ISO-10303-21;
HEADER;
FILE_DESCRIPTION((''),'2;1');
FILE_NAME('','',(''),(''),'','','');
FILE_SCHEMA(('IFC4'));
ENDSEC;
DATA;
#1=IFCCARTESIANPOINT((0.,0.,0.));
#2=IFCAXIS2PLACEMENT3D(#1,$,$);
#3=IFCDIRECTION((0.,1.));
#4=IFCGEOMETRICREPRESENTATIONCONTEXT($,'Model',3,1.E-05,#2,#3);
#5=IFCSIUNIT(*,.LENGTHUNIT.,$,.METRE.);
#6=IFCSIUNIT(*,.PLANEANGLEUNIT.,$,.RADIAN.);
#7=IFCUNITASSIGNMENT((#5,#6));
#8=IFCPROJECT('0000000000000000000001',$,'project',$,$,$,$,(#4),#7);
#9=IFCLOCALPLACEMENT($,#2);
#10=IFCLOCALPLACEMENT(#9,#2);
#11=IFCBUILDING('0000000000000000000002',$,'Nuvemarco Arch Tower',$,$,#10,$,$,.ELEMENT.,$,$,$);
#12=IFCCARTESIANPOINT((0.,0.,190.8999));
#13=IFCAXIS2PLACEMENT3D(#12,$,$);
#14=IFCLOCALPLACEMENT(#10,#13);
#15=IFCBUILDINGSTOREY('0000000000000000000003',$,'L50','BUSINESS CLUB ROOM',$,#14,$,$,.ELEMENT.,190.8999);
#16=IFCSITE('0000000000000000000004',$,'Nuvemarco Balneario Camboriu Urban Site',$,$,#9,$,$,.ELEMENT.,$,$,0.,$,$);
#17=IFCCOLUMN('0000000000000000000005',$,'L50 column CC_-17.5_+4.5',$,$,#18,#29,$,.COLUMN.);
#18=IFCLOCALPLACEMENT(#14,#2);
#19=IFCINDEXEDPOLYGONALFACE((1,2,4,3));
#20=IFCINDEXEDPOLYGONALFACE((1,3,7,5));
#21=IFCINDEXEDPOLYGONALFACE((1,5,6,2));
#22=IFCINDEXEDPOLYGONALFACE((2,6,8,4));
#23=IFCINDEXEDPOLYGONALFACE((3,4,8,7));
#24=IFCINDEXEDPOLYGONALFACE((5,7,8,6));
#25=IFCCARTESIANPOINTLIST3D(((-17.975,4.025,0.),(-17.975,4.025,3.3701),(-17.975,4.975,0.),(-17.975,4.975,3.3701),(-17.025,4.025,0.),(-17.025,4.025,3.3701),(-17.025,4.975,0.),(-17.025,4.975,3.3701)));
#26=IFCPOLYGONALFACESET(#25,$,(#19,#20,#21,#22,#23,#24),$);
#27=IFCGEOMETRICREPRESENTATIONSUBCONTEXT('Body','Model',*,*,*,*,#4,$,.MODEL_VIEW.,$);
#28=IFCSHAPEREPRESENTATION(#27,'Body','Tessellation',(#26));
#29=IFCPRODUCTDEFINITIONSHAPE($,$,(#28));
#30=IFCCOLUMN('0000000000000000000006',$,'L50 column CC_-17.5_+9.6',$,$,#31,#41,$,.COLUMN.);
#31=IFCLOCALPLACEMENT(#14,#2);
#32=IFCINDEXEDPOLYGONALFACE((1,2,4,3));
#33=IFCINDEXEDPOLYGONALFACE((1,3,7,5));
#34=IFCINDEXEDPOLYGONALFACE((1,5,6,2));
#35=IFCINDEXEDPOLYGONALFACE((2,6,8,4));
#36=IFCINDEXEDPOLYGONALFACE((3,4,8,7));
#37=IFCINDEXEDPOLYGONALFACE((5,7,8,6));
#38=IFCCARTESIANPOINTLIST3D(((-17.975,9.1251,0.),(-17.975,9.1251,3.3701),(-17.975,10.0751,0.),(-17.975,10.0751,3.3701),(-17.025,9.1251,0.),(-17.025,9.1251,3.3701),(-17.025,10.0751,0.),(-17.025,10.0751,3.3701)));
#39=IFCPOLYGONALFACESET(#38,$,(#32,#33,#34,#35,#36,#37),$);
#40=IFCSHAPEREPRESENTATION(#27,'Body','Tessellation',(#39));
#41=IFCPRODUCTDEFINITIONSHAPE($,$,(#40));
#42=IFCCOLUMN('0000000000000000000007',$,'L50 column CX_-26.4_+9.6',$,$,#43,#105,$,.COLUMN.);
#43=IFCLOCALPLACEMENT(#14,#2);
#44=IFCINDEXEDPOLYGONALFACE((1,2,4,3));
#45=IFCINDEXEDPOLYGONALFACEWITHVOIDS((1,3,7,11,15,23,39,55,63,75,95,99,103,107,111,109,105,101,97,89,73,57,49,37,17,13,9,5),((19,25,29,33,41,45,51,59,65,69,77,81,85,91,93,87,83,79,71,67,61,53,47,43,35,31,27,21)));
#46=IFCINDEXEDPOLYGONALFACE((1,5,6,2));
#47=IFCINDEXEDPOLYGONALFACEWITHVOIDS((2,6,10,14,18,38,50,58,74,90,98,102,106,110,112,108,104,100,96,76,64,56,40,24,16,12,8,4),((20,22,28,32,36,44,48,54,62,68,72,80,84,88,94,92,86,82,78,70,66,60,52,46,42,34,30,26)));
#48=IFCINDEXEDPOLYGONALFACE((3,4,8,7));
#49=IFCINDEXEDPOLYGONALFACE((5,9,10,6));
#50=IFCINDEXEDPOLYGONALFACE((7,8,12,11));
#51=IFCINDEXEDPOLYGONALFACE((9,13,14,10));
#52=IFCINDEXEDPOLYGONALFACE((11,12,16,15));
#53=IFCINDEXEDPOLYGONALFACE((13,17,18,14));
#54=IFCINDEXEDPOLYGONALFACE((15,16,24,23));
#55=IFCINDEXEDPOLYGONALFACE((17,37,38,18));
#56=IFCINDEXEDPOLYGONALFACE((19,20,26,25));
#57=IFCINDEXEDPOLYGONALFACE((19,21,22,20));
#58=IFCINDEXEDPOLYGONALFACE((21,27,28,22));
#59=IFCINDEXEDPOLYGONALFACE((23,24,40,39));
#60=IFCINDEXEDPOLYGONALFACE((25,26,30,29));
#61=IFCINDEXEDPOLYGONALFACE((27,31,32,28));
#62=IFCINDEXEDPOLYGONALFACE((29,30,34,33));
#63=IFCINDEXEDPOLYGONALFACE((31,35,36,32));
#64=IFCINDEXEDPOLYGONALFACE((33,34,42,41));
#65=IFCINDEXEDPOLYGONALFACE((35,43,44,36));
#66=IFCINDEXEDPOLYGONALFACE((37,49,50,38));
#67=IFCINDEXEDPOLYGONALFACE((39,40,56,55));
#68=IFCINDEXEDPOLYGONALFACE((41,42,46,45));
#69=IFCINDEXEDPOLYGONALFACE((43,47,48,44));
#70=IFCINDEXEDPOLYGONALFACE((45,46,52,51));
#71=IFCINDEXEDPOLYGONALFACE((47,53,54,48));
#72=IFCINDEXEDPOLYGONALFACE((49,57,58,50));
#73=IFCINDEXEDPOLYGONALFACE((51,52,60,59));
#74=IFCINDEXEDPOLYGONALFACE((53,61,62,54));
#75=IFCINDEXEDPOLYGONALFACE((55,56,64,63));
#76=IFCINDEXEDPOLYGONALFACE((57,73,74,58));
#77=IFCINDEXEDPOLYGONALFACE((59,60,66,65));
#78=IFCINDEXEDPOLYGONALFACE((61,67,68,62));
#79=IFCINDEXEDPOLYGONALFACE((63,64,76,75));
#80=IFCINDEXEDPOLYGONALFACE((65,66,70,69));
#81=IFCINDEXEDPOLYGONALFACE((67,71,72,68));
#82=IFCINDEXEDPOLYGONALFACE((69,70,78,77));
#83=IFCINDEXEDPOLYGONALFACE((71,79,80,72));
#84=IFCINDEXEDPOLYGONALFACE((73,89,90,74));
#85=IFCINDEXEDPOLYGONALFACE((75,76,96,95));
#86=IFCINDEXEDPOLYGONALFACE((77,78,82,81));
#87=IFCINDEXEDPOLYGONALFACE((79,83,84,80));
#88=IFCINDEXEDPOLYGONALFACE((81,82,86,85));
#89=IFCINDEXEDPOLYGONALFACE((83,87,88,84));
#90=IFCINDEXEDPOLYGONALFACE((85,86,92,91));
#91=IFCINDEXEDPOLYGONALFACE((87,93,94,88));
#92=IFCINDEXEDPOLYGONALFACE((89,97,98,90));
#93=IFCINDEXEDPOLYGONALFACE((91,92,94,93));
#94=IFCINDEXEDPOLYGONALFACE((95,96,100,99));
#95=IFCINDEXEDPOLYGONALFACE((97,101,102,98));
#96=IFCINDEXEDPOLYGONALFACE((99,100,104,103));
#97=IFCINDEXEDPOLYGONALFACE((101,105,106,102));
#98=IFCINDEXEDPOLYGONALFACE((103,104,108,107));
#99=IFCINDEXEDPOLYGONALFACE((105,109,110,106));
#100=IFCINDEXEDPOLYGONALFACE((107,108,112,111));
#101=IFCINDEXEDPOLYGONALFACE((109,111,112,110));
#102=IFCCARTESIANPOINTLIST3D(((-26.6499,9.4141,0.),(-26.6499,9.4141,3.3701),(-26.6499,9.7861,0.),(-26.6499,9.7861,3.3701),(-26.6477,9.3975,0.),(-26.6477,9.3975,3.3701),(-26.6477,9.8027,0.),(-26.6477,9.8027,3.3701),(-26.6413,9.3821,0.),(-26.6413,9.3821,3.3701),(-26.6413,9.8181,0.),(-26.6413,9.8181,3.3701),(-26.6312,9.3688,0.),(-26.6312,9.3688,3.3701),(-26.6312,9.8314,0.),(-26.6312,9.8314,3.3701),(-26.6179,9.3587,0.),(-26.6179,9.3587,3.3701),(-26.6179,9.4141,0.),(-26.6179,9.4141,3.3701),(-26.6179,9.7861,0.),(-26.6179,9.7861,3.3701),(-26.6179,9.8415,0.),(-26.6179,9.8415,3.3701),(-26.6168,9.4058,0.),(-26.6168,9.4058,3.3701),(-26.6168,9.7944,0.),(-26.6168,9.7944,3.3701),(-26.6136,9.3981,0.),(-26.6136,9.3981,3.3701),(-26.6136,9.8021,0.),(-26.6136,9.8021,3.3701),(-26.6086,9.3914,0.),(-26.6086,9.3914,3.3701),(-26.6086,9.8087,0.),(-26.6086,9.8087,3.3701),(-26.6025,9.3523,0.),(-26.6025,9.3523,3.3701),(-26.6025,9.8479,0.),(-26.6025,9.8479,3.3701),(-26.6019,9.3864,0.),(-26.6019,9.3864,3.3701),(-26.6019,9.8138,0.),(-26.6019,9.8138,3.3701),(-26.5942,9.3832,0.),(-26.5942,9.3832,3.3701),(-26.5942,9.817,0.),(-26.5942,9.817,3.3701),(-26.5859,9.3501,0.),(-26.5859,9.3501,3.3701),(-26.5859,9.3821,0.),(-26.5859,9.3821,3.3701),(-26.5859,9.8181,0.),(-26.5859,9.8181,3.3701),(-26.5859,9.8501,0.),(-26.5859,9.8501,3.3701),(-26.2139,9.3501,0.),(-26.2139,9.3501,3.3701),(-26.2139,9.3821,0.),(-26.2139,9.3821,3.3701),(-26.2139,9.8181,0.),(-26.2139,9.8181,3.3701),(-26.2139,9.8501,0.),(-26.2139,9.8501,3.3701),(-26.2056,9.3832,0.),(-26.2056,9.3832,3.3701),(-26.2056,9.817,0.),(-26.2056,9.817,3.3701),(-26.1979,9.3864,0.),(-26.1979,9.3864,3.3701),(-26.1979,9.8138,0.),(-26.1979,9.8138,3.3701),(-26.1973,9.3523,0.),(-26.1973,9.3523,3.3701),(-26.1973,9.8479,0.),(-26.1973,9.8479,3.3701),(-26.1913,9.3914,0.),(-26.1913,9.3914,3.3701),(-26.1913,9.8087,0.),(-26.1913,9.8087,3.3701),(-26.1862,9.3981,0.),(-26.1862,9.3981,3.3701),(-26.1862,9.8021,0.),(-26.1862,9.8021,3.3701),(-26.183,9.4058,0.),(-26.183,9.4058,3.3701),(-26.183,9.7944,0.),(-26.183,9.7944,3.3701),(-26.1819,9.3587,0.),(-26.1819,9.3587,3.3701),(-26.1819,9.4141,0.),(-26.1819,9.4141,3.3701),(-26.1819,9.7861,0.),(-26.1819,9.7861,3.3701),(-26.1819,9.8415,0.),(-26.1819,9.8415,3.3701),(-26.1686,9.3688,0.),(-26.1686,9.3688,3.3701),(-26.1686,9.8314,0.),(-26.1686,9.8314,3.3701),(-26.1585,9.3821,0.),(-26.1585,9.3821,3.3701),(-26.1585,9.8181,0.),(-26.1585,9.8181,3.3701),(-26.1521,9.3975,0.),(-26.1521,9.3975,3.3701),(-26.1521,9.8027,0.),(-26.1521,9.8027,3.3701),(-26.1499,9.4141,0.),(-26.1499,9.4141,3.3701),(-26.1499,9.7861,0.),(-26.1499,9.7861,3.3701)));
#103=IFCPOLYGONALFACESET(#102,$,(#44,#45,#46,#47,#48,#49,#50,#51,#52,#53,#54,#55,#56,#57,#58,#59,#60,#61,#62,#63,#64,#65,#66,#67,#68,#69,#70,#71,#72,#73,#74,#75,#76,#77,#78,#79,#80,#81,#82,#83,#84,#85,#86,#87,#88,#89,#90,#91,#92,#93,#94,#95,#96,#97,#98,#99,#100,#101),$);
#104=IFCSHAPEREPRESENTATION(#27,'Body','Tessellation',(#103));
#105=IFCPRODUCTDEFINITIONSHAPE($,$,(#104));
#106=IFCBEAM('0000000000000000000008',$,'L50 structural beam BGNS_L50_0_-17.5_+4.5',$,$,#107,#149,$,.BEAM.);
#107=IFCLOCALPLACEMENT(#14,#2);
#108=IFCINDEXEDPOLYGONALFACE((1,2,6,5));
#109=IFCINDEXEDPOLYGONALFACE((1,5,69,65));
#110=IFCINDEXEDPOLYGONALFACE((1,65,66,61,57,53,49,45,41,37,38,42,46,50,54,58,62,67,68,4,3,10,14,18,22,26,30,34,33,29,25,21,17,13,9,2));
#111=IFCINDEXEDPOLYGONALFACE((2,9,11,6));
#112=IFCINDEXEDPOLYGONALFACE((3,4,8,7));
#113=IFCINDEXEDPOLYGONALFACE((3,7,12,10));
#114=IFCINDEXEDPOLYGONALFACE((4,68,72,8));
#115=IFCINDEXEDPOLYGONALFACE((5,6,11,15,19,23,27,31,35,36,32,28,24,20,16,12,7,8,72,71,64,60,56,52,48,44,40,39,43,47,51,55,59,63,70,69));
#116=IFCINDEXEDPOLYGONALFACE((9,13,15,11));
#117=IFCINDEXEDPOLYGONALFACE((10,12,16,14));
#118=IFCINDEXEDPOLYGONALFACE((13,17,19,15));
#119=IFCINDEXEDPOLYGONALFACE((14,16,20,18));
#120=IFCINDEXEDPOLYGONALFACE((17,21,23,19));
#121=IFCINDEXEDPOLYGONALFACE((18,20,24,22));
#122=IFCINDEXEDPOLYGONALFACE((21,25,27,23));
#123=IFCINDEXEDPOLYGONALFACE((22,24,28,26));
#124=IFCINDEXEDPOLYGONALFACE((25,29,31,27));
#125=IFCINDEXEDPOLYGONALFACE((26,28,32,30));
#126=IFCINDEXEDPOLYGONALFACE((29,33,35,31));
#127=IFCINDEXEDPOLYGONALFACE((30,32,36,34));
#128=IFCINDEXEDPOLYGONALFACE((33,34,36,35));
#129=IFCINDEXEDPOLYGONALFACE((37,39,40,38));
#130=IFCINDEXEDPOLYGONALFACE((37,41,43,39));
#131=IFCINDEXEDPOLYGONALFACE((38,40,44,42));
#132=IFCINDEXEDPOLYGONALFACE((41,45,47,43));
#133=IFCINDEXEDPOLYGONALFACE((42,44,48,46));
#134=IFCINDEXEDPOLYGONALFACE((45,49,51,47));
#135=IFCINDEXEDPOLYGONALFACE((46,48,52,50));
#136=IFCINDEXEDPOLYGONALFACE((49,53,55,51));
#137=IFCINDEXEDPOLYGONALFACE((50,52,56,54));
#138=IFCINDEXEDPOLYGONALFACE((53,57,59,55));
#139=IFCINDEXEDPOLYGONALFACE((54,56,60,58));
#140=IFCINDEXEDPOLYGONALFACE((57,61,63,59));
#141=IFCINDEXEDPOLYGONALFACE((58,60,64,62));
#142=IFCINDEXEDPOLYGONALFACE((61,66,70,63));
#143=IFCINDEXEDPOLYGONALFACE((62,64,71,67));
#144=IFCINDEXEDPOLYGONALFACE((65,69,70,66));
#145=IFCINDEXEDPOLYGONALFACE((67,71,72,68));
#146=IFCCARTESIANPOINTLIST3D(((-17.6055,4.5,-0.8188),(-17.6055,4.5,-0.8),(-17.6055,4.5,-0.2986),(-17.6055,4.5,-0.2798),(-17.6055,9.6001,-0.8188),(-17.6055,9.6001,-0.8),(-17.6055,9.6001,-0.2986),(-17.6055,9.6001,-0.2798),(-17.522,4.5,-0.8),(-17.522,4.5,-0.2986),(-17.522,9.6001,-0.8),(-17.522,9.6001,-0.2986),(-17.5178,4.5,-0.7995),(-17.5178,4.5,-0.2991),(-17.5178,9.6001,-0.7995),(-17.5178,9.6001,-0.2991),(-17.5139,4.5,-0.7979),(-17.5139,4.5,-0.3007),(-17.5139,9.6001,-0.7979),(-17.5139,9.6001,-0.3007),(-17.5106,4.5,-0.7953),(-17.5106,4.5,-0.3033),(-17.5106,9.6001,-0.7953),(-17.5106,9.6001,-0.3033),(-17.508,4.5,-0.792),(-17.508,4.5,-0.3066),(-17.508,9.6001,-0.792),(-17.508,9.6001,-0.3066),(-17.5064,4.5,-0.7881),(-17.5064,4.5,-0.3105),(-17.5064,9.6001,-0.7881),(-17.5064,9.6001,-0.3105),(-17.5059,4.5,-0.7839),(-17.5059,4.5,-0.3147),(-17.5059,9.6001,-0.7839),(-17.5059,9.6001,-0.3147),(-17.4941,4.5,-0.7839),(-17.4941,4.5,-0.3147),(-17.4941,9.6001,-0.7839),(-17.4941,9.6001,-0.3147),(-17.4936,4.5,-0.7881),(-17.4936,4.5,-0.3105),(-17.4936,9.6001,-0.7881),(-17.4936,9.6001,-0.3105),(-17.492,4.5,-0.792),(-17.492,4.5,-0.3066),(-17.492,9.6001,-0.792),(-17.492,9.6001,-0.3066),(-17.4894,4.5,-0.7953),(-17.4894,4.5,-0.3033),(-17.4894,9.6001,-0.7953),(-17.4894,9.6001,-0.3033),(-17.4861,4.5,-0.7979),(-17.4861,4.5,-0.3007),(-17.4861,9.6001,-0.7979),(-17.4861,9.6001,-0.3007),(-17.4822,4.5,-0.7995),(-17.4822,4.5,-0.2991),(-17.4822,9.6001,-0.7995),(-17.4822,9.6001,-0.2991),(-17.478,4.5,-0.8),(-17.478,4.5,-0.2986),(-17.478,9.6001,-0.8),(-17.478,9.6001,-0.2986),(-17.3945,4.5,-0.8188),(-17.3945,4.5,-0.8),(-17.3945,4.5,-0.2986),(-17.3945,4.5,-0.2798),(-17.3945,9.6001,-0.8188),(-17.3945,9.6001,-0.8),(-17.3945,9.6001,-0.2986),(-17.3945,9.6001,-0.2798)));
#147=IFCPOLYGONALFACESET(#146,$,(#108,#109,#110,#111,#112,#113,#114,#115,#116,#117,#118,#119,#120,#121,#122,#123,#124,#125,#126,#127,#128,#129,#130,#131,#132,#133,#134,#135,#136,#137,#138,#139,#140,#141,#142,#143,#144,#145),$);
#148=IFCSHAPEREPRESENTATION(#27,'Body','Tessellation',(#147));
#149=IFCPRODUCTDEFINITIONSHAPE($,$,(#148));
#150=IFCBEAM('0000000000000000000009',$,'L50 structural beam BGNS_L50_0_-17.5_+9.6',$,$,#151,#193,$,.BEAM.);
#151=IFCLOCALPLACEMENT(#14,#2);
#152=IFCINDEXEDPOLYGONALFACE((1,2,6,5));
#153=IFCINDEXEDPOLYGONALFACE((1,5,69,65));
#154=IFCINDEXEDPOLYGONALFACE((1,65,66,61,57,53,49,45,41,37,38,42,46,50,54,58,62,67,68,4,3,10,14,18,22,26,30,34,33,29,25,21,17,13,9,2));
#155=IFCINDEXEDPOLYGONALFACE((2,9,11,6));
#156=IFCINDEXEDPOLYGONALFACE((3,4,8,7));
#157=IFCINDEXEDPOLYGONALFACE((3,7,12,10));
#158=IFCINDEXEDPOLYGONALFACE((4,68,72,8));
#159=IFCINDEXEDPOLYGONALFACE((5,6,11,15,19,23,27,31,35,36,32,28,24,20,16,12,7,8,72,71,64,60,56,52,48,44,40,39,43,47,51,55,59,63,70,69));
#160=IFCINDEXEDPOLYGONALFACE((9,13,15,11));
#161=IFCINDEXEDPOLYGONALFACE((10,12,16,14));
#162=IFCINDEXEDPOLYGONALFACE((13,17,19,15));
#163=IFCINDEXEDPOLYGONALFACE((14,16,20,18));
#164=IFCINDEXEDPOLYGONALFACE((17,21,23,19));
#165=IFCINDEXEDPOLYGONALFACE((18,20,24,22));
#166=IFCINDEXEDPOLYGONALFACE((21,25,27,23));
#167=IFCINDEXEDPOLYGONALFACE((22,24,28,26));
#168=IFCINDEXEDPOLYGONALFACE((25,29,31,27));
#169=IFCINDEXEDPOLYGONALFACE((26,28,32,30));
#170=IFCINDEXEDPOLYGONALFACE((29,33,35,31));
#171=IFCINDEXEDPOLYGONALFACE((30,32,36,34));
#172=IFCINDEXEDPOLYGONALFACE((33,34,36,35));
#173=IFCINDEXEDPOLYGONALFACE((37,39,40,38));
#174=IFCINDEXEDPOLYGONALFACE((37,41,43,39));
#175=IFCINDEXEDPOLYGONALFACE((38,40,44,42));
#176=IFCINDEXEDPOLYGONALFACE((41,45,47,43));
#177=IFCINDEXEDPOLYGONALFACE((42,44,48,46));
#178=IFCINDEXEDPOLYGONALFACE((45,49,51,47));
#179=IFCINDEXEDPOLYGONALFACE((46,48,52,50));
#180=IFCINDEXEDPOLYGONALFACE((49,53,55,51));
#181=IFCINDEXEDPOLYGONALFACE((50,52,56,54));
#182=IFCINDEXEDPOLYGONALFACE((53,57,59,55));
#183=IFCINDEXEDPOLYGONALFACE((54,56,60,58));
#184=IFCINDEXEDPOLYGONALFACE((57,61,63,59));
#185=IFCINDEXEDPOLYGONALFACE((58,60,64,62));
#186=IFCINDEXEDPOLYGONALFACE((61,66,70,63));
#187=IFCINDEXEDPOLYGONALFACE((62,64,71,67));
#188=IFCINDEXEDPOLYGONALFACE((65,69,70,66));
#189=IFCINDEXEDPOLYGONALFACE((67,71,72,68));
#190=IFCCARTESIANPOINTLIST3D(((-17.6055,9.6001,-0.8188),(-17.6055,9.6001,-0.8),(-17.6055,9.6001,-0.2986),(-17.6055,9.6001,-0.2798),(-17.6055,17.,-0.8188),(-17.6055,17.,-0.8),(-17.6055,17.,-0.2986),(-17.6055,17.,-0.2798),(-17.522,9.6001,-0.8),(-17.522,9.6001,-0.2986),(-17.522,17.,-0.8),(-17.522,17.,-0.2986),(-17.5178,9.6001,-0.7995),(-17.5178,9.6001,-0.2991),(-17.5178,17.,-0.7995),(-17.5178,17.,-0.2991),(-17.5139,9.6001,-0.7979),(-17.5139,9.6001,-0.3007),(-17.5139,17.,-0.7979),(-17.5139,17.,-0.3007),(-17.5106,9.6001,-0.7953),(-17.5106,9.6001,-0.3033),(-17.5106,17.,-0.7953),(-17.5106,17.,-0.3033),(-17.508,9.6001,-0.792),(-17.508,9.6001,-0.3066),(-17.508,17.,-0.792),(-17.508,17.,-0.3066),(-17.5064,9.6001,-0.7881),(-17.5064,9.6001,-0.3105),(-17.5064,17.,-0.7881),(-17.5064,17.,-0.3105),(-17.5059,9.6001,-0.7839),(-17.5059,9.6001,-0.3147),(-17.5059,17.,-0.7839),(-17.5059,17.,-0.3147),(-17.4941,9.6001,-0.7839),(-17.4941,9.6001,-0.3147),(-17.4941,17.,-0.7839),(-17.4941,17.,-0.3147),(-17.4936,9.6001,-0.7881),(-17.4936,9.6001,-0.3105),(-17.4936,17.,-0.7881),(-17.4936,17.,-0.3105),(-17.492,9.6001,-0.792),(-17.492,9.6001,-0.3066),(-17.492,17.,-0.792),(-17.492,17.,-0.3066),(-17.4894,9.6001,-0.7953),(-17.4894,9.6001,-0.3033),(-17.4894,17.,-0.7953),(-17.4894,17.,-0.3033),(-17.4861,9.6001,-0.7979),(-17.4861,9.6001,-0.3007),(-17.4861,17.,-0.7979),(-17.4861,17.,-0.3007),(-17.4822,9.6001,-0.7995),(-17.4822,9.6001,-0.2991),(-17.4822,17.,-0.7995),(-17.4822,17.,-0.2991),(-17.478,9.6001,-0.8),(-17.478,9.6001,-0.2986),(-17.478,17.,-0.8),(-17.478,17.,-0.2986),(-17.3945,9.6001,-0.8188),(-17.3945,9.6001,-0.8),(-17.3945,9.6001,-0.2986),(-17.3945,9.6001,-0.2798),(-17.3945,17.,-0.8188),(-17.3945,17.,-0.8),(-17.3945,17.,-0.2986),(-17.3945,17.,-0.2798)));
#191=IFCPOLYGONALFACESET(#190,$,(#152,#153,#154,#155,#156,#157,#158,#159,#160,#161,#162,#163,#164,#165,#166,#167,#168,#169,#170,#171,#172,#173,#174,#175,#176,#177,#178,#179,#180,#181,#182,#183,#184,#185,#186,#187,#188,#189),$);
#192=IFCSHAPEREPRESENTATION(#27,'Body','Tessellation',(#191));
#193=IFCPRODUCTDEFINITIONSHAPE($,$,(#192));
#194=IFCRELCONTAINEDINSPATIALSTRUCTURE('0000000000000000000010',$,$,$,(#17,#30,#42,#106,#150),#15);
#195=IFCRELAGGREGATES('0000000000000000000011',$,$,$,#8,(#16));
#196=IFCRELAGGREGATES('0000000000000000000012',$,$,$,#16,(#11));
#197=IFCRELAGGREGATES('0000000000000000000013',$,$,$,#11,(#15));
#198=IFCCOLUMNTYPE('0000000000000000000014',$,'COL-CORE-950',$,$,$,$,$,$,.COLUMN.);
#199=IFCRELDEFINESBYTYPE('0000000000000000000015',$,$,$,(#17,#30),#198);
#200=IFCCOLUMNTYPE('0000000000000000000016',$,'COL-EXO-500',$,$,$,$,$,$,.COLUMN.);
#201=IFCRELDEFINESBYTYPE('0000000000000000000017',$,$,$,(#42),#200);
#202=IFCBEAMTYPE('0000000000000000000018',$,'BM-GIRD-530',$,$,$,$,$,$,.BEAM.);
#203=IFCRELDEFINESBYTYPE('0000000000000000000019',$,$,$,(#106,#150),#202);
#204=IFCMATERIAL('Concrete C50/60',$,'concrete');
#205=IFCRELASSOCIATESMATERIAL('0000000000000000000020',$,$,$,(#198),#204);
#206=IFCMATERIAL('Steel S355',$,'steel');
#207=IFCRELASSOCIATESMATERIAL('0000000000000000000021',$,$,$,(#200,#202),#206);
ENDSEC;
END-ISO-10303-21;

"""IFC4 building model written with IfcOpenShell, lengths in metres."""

from ifc_helpers import new_model, si_unit, direction, frame, origin, origin_2d, place, context, subcontext, project, spatial, rectangle, hollow_rectangle, i_section, extrude, material, material_profile, profile_set, type_object, element, save


model = new_model("IFC4")

# Units and contexts
model_context = context("Model", 3, precision=1e-05, world=origin(), true_north=direction((0.0, 1.0)))
body_context = subcontext(model_context, "Body", "Model", "MODEL_VIEW")
ifc_project = project(units=[si_unit("LENGTHUNIT", "METRE"), si_unit("PLANEANGLEUNIT", "RADIAN")], contexts=[model_context])

# Site, building, storey
site_placement = place(None, origin())
site = spatial("IfcSite", under=ifc_project, at=site_placement, Name="Nuvemarco Balneario Camboriu Urban Site", CompositionType="ELEMENT", RefElevation=0.0)
building_placement = place(site_placement, origin())
building = spatial("IfcBuilding", under=site, at=building_placement, Name="Nuvemarco Arch Tower", CompositionType="ELEMENT")
storey_placement = place(building_placement, frame((0.0, 0.0, 190.8999)))
storey = spatial("IfcBuildingStorey", under=building, at=storey_placement, Name="L50", Description="BUSINESS CLUB ROOM", CompositionType="ELEMENT", Elevation=190.8999)

# Columns
ifc_material_1 = material(Name="Concrete C50/60", Category="concrete")
ifc_material_profile_1 = material_profile(ifc_material_1, rectangle(XDim=0.95, YDim=0.95, at=origin_2d()), Name="RC-COL-950x950")
ifc_profile_set_1 = profile_set([ifc_material_profile_1], Name="Concrete C50/60")
column_type_1 = type_object("IfcColumnType", Name="COL-CORE-950", PredefinedType="COLUMN", material=ifc_profile_set_1)
for number, where, z_axis, x_axis, name in (
    (1, (-17.5, 4.5, 0.0), (0.0, 0.0, 1.0), (1.0, 0.0, 0.0), "L50 column CC_-17.5_+4.5"),
    (2, (-17.5, 9.6001, 0.0), (0.0, 0.0, 1.0), (1.0, 0.0, 0.0), "L50 column CC_-17.5_+9.6"),
):
    element("IfcColumn", number, at=place(storey_placement, frame(where, z_axis=z_axis, x_axis=x_axis)), inside=storey, type_object=column_type_1, Name=name, PredefinedType="COLUMN", context=body_context, shape_type="SweptSolid", body=[
        extrude(rectangle(XDim=0.95, YDim=0.95, at=origin_2d()), origin(), (0.0, 0.0, 1.0), 3.3701),
    ])
ifc_material_2 = material(Name="Steel S355", Category="steel")
ifc_material_profile_2 = material_profile(ifc_material_2, hollow_rectangle(XDim=0.5, YDim=0.5, WallThickness=0.032, InnerFilletRadius=0.032, OuterFilletRadius=0.064, at=origin_2d()), Name="SHS500x500x32")
ifc_profile_set_2 = profile_set([ifc_material_profile_2], Name="Steel S355")
column_type_2 = type_object("IfcColumnType", Name="COL-EXO-500", PredefinedType="COLUMN", material=ifc_profile_set_2)
column_placement = place(storey_placement, frame((-26.3999, 9.6001, 0.0), z_axis=(0.0, 0.0, 1.0), x_axis=(1.0, 0.0, 0.0)))
element("IfcColumn", 3, at=column_placement, inside=storey, type_object=column_type_2, Name="L50 column CX_-26.4_+9.6", PredefinedType="COLUMN", context=body_context, shape_type="SweptSolid", body=[
    extrude(hollow_rectangle(XDim=0.5, YDim=0.5, WallThickness=0.032, InnerFilletRadius=0.032, OuterFilletRadius=0.064, at=origin_2d()), origin(), (0.0, 0.0, 1.0), 3.3701),
])

# Beams
ifc_material_profile_3 = material_profile(ifc_material_2, i_section(OverallWidth=0.2109, OverallDepth=0.5391, WebThickness=0.0117, FlangeThickness=0.0188, FilletRadius=0.0161, at=origin_2d()), Name="W530x109")
ifc_profile_set_3 = profile_set([ifc_material_profile_3], Name="Steel S355")
beam_type_1 = type_object("IfcBeamType", Name="BM-GIRD-530", PredefinedType="BEAM", material=ifc_profile_set_3)
beam_1_placement = place(storey_placement, frame((-17.5, 4.5, -0.5493), z_axis=(0.0, 1.0, 0.0), x_axis=(-1.0, 0.0, 0.0)))
element("IfcBeam", 4, at=beam_1_placement, inside=storey, type_object=beam_type_1, Name="L50 structural beam BGNS_L50_0_-17.5_+4.5", PredefinedType="BEAM", context=body_context, shape_type="SweptSolid", body=[
    extrude(i_section(OverallWidth=0.2109, OverallDepth=0.5391, WebThickness=0.0117, FlangeThickness=0.0188, FilletRadius=0.0161, at=origin_2d()), origin(), (0.0, 0.0, 1.0), 5.1001),
])
beam_2_placement = place(storey_placement, frame((-17.5, 9.6001, -0.5493), z_axis=(0.0, 1.0, 0.0), x_axis=(-1.0, 0.0, 0.0)))
element("IfcBeam", 5, at=beam_2_placement, inside=storey, type_object=beam_type_1, Name="L50 structural beam BGNS_L50_0_-17.5_+9.6", PredefinedType="BEAM", context=body_context, shape_type="SweptSolid", body=[
    extrude(i_section(OverallWidth=0.2109, OverallDepth=0.5391, WebThickness=0.0117, FlangeThickness=0.0188, FilletRadius=0.0161, at=origin_2d()), origin(), (0.0, 0.0, 1.0), 7.3999),
])

save(model, "model.ifc")
